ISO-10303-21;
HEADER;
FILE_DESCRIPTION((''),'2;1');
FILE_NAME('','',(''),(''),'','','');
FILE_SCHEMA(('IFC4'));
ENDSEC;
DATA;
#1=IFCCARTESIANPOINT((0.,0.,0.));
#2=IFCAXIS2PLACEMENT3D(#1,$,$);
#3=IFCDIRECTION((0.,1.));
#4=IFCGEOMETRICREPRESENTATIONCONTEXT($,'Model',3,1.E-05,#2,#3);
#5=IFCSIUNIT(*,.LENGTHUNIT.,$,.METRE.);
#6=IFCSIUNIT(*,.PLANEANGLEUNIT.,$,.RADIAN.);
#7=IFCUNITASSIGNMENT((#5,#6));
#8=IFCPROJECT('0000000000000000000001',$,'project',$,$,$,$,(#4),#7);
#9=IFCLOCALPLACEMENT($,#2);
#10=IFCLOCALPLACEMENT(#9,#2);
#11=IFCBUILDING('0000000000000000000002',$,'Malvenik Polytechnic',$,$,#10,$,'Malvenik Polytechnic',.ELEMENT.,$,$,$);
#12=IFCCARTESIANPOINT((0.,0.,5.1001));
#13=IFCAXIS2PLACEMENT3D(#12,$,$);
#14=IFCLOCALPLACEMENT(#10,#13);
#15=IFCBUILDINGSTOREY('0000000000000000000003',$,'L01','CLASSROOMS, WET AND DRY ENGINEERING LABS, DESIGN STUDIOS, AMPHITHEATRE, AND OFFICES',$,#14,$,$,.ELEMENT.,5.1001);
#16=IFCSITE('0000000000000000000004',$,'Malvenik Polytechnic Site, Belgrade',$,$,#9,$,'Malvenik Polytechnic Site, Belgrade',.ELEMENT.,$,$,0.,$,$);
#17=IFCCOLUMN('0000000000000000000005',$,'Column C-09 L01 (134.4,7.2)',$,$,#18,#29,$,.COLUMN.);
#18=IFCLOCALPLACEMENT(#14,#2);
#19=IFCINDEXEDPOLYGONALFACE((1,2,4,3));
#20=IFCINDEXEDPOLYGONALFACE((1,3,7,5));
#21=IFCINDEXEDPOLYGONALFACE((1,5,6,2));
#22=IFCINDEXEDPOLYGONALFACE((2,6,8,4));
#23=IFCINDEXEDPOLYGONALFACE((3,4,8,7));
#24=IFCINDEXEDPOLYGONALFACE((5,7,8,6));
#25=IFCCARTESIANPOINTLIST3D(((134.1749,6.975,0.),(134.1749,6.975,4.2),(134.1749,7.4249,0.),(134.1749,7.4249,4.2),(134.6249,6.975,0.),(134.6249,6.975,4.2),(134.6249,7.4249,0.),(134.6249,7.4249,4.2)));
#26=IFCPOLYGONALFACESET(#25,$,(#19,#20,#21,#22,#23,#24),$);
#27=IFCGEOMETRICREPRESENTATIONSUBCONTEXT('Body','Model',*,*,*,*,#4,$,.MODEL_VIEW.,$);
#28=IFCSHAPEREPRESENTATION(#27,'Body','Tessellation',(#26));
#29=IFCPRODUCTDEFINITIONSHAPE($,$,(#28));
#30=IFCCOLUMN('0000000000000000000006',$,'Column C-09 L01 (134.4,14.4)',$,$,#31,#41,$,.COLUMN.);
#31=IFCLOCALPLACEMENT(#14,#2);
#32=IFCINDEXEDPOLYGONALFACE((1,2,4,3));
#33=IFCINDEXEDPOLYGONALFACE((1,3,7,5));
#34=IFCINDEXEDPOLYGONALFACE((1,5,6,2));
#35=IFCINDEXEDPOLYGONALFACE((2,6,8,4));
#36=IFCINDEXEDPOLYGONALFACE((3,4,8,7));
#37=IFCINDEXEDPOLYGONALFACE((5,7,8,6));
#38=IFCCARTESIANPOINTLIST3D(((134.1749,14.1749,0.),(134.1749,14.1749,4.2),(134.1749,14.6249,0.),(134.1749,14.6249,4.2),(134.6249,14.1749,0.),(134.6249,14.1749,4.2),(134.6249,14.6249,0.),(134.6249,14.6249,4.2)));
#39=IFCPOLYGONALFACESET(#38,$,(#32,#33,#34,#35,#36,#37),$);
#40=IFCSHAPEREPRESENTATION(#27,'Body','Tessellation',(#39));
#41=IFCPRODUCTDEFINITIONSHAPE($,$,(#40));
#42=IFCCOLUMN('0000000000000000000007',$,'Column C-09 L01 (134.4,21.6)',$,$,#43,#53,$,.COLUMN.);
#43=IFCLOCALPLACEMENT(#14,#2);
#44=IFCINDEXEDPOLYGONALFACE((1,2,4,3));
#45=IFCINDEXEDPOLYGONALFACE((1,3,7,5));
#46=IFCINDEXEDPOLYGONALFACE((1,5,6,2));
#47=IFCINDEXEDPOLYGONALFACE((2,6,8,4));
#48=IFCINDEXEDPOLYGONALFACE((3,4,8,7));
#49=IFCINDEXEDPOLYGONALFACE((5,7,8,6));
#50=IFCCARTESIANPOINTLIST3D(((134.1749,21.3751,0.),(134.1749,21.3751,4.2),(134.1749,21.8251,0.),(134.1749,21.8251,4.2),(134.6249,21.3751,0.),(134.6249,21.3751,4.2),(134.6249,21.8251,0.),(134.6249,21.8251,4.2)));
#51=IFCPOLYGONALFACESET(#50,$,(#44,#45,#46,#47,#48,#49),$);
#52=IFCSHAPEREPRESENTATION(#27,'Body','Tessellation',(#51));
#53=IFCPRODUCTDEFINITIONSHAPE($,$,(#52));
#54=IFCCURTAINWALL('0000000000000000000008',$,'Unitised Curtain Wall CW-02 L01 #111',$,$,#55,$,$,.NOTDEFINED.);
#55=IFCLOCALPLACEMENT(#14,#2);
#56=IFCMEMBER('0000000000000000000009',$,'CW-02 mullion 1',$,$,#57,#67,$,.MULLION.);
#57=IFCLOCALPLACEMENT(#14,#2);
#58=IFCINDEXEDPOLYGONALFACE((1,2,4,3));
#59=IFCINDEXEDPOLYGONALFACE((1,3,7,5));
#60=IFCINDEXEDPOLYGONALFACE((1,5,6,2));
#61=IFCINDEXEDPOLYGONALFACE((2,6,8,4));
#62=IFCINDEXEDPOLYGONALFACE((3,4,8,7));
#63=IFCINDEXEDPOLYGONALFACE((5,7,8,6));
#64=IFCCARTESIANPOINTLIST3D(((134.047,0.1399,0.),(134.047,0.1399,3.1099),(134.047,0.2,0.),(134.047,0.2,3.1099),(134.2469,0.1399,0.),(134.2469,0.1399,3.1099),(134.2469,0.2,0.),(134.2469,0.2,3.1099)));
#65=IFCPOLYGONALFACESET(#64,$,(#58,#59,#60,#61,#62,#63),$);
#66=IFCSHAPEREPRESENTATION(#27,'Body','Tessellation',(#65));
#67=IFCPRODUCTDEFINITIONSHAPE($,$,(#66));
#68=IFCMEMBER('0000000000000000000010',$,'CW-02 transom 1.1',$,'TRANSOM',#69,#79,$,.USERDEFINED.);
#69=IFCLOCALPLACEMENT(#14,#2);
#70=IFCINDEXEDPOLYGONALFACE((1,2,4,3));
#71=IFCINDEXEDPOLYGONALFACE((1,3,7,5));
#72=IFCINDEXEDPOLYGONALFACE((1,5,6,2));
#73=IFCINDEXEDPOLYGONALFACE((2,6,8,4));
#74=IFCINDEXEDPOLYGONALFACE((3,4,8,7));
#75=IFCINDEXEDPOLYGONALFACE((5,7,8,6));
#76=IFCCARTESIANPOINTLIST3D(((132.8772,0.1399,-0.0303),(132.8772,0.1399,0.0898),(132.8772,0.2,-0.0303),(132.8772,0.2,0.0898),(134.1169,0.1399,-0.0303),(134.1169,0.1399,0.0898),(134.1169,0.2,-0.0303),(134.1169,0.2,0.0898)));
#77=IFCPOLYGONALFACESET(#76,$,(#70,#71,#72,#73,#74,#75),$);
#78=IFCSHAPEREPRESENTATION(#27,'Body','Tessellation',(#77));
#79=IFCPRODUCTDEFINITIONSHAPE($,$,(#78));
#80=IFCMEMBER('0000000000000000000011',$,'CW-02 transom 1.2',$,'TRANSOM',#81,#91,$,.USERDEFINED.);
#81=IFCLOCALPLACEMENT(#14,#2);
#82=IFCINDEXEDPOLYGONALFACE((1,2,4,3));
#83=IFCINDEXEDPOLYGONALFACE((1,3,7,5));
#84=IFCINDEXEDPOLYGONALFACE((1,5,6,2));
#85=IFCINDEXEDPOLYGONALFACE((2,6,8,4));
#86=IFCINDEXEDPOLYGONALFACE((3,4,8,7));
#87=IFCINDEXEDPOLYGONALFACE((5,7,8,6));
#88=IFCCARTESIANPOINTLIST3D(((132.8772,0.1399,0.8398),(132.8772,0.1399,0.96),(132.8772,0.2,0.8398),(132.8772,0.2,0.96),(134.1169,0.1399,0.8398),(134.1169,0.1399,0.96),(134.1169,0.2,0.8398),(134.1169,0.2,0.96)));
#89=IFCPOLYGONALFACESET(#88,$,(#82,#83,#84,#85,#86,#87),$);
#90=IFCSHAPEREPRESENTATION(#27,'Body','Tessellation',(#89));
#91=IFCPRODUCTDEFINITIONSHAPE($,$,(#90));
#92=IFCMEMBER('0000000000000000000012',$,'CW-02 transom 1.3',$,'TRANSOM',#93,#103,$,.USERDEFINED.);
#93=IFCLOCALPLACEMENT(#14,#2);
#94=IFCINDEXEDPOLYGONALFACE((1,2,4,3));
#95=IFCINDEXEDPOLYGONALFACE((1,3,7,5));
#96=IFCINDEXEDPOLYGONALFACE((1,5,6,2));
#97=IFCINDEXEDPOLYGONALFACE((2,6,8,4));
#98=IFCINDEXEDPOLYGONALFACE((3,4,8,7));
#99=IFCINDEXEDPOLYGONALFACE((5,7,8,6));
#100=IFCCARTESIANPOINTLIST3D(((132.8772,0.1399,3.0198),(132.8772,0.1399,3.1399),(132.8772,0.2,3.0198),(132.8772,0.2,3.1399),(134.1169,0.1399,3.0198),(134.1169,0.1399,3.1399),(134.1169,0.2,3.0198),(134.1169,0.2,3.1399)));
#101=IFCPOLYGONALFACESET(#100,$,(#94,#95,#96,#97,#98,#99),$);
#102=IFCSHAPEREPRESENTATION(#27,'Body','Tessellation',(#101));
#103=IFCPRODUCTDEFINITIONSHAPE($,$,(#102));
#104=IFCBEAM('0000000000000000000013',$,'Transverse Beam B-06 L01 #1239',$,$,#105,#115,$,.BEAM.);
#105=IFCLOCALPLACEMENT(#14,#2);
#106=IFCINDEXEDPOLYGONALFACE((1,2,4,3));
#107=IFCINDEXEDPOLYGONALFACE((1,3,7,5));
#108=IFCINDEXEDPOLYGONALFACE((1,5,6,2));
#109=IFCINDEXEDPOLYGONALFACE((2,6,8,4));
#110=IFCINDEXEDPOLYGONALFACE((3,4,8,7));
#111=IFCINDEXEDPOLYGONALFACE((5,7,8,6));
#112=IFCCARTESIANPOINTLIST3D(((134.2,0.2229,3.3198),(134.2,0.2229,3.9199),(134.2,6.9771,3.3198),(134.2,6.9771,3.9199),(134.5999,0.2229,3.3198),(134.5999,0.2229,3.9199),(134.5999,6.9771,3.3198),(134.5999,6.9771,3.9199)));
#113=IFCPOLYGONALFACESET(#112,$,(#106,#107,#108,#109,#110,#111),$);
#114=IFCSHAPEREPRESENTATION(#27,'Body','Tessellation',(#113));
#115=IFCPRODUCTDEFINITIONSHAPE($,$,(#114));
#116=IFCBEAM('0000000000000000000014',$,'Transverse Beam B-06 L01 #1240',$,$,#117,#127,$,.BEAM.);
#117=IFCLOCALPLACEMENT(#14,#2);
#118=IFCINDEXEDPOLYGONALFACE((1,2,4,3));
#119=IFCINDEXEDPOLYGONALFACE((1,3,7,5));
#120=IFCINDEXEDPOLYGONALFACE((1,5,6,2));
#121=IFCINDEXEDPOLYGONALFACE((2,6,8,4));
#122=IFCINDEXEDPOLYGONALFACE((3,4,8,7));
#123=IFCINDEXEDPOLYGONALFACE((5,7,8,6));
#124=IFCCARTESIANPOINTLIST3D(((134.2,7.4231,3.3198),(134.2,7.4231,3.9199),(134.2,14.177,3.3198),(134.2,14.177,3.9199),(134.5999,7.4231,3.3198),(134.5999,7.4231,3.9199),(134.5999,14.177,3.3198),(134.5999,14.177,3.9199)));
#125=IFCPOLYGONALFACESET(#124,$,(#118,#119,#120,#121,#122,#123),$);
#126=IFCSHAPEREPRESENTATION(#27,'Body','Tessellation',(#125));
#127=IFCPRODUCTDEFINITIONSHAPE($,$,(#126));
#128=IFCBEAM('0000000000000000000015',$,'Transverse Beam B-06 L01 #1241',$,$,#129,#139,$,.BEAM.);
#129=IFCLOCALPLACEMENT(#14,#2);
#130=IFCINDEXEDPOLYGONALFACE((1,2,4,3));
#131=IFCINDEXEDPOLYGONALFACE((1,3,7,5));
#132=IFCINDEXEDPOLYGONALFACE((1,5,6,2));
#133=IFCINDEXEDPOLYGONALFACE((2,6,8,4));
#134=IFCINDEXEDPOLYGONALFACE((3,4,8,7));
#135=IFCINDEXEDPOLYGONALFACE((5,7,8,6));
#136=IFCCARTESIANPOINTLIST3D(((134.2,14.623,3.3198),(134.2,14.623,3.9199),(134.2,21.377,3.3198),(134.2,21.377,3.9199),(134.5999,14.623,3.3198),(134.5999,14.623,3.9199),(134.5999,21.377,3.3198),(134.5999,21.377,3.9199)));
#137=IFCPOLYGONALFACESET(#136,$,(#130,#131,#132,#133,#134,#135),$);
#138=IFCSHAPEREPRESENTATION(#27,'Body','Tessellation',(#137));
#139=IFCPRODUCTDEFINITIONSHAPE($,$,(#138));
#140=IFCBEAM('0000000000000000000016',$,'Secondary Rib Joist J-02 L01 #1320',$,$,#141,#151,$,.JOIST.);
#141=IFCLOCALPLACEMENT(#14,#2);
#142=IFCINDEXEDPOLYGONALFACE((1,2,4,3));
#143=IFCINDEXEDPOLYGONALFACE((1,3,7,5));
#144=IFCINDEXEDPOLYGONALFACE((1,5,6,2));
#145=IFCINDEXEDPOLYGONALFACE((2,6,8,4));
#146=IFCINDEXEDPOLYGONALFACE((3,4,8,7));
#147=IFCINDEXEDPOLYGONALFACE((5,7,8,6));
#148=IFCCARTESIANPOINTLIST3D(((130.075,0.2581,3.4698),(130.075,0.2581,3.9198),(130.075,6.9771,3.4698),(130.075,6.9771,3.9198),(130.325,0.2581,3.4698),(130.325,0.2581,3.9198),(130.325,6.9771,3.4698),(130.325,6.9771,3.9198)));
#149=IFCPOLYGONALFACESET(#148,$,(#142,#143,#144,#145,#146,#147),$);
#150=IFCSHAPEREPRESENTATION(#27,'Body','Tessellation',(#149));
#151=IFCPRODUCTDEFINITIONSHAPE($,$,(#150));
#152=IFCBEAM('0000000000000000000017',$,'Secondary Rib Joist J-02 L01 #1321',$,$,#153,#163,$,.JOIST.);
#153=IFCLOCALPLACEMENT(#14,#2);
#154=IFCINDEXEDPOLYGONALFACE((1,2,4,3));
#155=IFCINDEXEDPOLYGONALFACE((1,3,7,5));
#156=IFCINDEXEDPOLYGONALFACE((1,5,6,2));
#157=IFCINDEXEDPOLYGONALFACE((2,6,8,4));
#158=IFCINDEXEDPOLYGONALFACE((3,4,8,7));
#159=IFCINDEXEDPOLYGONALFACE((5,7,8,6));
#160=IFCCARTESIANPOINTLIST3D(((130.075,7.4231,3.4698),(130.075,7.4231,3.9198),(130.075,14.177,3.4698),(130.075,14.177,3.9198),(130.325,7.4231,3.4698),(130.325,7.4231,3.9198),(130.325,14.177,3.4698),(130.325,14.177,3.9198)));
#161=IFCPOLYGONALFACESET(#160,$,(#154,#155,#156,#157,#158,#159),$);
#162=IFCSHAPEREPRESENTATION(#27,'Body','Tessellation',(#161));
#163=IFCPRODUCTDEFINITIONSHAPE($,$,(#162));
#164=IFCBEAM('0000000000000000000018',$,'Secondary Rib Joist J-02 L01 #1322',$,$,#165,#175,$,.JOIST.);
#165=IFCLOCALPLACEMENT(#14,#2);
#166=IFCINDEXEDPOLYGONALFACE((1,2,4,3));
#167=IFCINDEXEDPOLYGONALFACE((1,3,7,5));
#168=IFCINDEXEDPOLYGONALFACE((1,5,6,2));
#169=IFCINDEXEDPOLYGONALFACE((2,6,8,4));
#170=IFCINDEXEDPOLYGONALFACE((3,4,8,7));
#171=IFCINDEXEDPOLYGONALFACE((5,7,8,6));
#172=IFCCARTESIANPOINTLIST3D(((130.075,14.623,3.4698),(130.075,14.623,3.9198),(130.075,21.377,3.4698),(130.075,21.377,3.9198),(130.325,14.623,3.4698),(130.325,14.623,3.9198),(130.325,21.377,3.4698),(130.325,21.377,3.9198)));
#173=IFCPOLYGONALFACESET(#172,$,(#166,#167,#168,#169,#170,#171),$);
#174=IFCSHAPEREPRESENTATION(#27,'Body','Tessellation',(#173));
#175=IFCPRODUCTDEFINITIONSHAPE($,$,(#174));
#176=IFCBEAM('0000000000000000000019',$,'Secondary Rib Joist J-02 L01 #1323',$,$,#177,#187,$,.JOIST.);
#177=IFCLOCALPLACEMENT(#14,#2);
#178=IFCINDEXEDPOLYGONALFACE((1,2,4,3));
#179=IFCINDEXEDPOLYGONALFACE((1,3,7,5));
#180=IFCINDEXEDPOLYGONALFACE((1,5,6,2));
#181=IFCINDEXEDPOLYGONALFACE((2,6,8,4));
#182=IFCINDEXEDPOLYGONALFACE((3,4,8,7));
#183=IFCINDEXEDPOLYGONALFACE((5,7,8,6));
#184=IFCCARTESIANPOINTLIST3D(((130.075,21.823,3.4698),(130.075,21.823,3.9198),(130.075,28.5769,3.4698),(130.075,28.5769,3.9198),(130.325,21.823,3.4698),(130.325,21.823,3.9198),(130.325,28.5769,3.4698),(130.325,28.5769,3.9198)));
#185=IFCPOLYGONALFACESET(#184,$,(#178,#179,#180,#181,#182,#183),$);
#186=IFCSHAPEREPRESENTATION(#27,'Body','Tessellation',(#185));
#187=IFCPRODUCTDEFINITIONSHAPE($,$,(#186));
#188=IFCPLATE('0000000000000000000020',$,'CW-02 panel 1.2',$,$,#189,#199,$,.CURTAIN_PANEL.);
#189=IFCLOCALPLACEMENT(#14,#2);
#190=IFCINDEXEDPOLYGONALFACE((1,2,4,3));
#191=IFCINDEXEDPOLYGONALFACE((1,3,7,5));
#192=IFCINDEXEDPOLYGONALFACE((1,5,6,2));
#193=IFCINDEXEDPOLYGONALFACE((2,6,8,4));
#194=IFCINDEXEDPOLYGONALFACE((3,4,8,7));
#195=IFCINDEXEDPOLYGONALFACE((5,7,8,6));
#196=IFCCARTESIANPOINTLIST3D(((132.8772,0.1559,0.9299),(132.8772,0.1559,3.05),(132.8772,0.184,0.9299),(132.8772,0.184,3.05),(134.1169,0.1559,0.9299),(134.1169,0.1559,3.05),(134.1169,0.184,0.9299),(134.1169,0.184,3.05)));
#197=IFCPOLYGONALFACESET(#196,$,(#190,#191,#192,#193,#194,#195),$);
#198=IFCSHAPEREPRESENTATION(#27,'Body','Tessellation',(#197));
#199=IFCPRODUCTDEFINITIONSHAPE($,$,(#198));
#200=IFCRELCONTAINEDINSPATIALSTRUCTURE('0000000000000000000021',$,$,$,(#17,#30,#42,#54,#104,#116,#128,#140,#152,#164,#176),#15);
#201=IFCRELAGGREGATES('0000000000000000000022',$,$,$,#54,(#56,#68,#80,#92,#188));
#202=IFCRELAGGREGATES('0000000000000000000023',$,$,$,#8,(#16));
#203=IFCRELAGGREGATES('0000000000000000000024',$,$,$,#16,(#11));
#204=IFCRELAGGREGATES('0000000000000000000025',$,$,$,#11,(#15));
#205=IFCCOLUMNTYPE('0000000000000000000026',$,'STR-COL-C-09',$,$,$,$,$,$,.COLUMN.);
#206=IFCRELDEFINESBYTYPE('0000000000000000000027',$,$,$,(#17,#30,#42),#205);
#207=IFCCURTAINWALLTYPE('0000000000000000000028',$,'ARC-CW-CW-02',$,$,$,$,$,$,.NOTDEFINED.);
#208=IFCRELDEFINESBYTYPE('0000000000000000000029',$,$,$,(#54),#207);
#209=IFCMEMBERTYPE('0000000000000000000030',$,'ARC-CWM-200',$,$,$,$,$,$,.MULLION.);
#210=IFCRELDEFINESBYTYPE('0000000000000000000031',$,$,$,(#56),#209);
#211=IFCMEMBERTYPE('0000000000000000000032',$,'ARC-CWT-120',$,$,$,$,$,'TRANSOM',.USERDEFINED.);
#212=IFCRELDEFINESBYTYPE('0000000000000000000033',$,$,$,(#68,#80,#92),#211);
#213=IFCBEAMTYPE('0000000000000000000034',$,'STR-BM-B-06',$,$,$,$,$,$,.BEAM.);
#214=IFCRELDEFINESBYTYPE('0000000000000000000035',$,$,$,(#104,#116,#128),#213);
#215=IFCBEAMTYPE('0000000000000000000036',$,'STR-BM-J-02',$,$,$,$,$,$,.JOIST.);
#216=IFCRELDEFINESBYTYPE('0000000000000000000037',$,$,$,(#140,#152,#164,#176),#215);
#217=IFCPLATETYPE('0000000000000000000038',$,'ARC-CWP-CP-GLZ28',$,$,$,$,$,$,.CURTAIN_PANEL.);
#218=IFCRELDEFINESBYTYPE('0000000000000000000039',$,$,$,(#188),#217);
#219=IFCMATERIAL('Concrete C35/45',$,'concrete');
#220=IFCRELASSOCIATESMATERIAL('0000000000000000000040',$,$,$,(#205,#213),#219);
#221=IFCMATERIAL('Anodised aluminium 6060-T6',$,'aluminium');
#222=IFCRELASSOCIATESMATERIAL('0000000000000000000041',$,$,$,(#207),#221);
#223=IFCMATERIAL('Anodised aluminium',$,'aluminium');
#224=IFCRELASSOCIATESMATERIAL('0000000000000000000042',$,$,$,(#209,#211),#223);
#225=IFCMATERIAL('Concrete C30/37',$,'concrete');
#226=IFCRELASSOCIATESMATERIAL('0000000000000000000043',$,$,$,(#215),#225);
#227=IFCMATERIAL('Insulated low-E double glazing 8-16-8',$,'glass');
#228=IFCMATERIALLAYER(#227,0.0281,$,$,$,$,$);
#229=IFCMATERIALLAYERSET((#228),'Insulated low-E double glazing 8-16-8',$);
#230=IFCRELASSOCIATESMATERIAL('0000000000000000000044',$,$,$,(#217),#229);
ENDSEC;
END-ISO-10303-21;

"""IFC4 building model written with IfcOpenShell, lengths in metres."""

from ifc_helpers import new_model, si_unit, direction, frame, origin, origin_2d, place, context, subcontext, project, spatial, rectangle, extrude, material, layer, layer_set, material_profile, profile_set, type_object, element, aggregate, save


model = new_model("IFC4")

# Units and contexts
model_context = context("Model", 3, precision=1e-05, world=origin(), true_north=direction((0.0, 1.0)))
body_context = subcontext(model_context, "Body", "Model", "MODEL_VIEW")
ifc_project = project(units=[si_unit("LENGTHUNIT", "METRE"), si_unit("PLANEANGLEUNIT", "RADIAN")], contexts=[model_context])

# Site, building, storey
site_placement = place(None, origin())
site = spatial("IfcSite", under=ifc_project, at=site_placement, Name="Malvenik Polytechnic Site, Belgrade", LongName="Malvenik Polytechnic Site, Belgrade", CompositionType="ELEMENT", RefElevation=0.0)
building_placement = place(site_placement, origin())
building = spatial("IfcBuilding", under=site, at=building_placement, Name="Malvenik Polytechnic", LongName="Malvenik Polytechnic", CompositionType="ELEMENT")
storey_placement = place(building_placement, frame((0.0, 0.0, 5.1001)))
storey = spatial("IfcBuildingStorey", under=building, at=storey_placement, Name="L01", Description="CLASSROOMS, WET AND DRY ENGINEERING LABS, DESIGN STUDIOS, AMPHITHEATRE, AND OFFICES", CompositionType="ELEMENT", Elevation=5.1001)

# Columns
ifc_material_1 = material(Name="Concrete C35/45", Category="concrete")
ifc_material_profile_1 = material_profile(ifc_material_1, rectangle(XDim=0.45, YDim=0.45, at=origin_2d()), Name="RC COL 450x450")
ifc_profile_set_1 = profile_set([ifc_material_profile_1], Name="Concrete C35/45")
column_type = type_object("IfcColumnType", Name="STR-COL-C-09", PredefinedType="COLUMN", material=ifc_profile_set_1)
for number, where, z_axis, x_axis, name in (
    (1, (134.3999, 7.2, 0.0), (0.0, 0.0, 1.0), (1.0, 0.0, 0.0), "Column C-09 L01 (134.4,7.2)"),
    (2, (134.3999, 14.3999, 0.0), (0.0, 0.0, 1.0), (1.0, 0.0, 0.0), "Column C-09 L01 (134.4,14.4)"),
    (3, (134.3999, 21.6001, 0.0), (0.0, 0.0, 1.0), (1.0, 0.0, 0.0), "Column C-09 L01 (134.4,21.6)"),
):
    element("IfcColumn", number, at=place(storey_placement, frame(where, z_axis=z_axis, x_axis=x_axis)), inside=storey, type_object=column_type, Name=name, PredefinedType="COLUMN", context=body_context, shape_type="SweptSolid", body=[
        extrude(rectangle(XDim=0.45, YDim=0.45, at=origin_2d()), origin(), (0.0, 0.0, 1.0), 4.2),
    ])

# Curtain wall, members
ifc_material_2 = material(Name="Anodised aluminium 6060-T6", Category="aluminium")
curtain_wall_type = type_object("IfcCurtainWallType", Name="ARC-CW-CW-02", PredefinedType="NOTDEFINED", material=ifc_material_2)
curtain_wall_placement = place(storey_placement, origin())
curtain_wall = element("IfcCurtainWall", 4, at=curtain_wall_placement, inside=storey, type_object=curtain_wall_type, Name="Unitised Curtain Wall CW-02 L01 #111", PredefinedType="NOTDEFINED")
ifc_material_3 = material(Name="Anodised aluminium", Category="aluminium")
ifc_material_profile_2 = material_profile(ifc_material_3, rectangle(XDim=0.0601, YDim=0.2, at=origin_2d()), Name="ALU MULLION 60x200")
ifc_profile_set_2 = profile_set([ifc_material_profile_2], Name="Anodised aluminium")
member_type_1 = type_object("IfcMemberType", Name="ARC-CWM-200", PredefinedType="MULLION", material=ifc_profile_set_2)
member_1_placement = place(storey_placement, frame((134.147, 0.1699, 0.0), z_axis=(0.0, 0.0, 1.0), x_axis=(0.0, -1.0, 0.0)))
member_1 = element("IfcMember", 5, at=member_1_placement, type_object=member_type_1, Name="CW-02 mullion 1", PredefinedType="MULLION", context=body_context, shape_type="SweptSolid", body=[
    extrude(rectangle(XDim=0.0601, YDim=0.2, at=origin_2d()), origin(), (0.0, 0.0, 1.0), 3.1099),
])
ifc_material_profile_3 = material_profile(ifc_material_3, rectangle(XDim=0.0601, YDim=0.1201, at=origin_2d()), Name="ALU TRANSOM 60x120")
ifc_profile_set_3 = profile_set([ifc_material_profile_3], Name="Anodised aluminium")
member_type_2 = type_object("IfcMemberType", Name="ARC-CWT-120", ElementType="TRANSOM", PredefinedType="USERDEFINED", material=ifc_profile_set_3)
member_2_placement = place(storey_placement, frame((134.1169, 0.1699, 0.0298), z_axis=(-1.0, 0.0, 0.0), x_axis=(0.0, -1.0, 0.0)))
member_2 = element("IfcMember", 6, at=member_2_placement, type_object=member_type_2, Name="CW-02 transom 1.1", ObjectType="TRANSOM", PredefinedType="USERDEFINED", context=body_context, shape_type="SweptSolid", body=[
    extrude(rectangle(XDim=0.0601, YDim=0.1201, at=origin_2d()), origin(), (0.0, 0.0, 1.0), 1.2397),
])
member_3_placement = place(storey_placement, frame((134.1169, 0.1699, 0.8999), z_axis=(-1.0, 0.0, 0.0), x_axis=(0.0, -1.0, 0.0)))
member_3 = element("IfcMember", 7, at=member_3_placement, type_object=member_type_2, Name="CW-02 transom 1.2", ObjectType="TRANSOM", PredefinedType="USERDEFINED", context=body_context, shape_type="SweptSolid", body=[
    extrude(rectangle(XDim=0.0601, YDim=0.1201, at=origin_2d()), origin(), (0.0, 0.0, 1.0), 1.2397),
])
member_4_placement = place(storey_placement, frame((134.1169, 0.1699, 3.0798), z_axis=(-1.0, 0.0, 0.0), x_axis=(0.0, -1.0, 0.0)))
member_4 = element("IfcMember", 8, at=member_4_placement, type_object=member_type_2, Name="CW-02 transom 1.3", ObjectType="TRANSOM", PredefinedType="USERDEFINED", context=body_context, shape_type="SweptSolid", body=[
    extrude(rectangle(XDim=0.0601, YDim=0.1201, at=origin_2d()), origin(), (0.0, 0.0, 1.0), 1.2397),
])

# Beams
ifc_material_profile_4 = material_profile(ifc_material_1, rectangle(XDim=0.3999, YDim=0.6001, at=origin_2d()), Name="RC BM 400x600")
ifc_profile_set_4 = profile_set([ifc_material_profile_4], Name="Concrete C35/45")
beam_type_1 = type_object("IfcBeamType", Name="STR-BM-B-06", PredefinedType="BEAM", material=ifc_profile_set_4)
beam_1_placement = place(storey_placement, frame((134.3999, 0.2229, 3.6199), z_axis=(0.0, 1.0, 0.0), x_axis=(-1.0, 0.0, 0.0)))
element("IfcBeam", 9, at=beam_1_placement, inside=storey, type_object=beam_type_1, Name="Transverse Beam B-06 L01 #1239", PredefinedType="BEAM", context=body_context, shape_type="SweptSolid", body=[
    extrude(rectangle(XDim=0.3999, YDim=0.6001, at=origin_2d()), origin(), (0.0, 0.0, 1.0), 6.7542),
])
for number, where, z_axis, x_axis, name in (
    (10, (134.3999, 7.4231, 3.6199), (0.0, 1.0, 0.0), (-1.0, 0.0, 0.0), "Transverse Beam B-06 L01 #1240"),
    (11, (134.3999, 14.623, 3.6199), (0.0, 1.0, 0.0), (-1.0, 0.0, 0.0), "Transverse Beam B-06 L01 #1241"),
):
    element("IfcBeam", number, at=place(storey_placement, frame(where, z_axis=z_axis, x_axis=x_axis)), inside=storey, type_object=beam_type_1, Name=name, PredefinedType="BEAM", context=body_context, shape_type="SweptSolid", body=[
        extrude(rectangle(XDim=0.3999, YDim=0.6001, at=origin_2d()), origin(), (0.0, 0.0, 1.0), 6.7539),
    ])
ifc_material_4 = material(Name="Concrete C30/37", Category="concrete")
ifc_material_profile_5 = material_profile(ifc_material_4, rectangle(XDim=0.25, YDim=0.45, at=origin_2d()), Name="RC JST 250x450")
ifc_profile_set_5 = profile_set([ifc_material_profile_5], Name="Concrete C30/37")
beam_type_2 = type_object("IfcBeamType", Name="STR-BM-J-02", PredefinedType="JOIST", material=ifc_profile_set_5)
beam_2_placement = place(storey_placement, frame((130.2, 0.2581, 3.6948), z_axis=(0.0, 1.0, 0.0), x_axis=(-1.0, 0.0, 0.0)))
element("IfcBeam", 12, at=beam_2_placement, inside=storey, type_object=beam_type_2, Name="Secondary Rib Joist J-02 L01 #1320", PredefinedType="JOIST", context=body_context, shape_type="SweptSolid", body=[
    extrude(rectangle(XDim=0.25, YDim=0.45, at=origin_2d()), origin(), (0.0, 0.0, 1.0), 6.719),
])
for number, where, z_axis, x_axis, name in (
    (13, (130.2, 7.4231, 3.6948), (0.0, 1.0, 0.0), (-1.0, 0.0, 0.0), "Secondary Rib Joist J-02 L01 #1321"),
    (14, (130.2, 14.623, 3.6948), (0.0, 1.0, 0.0), (-1.0, 0.0, 0.0), "Secondary Rib Joist J-02 L01 #1322"),
    (15, (130.2, 21.823, 3.6948), (0.0, 1.0, 0.0), (-1.0, 0.0, 0.0), "Secondary Rib Joist J-02 L01 #1323"),
):
    element("IfcBeam", number, at=place(storey_placement, frame(where, z_axis=z_axis, x_axis=x_axis)), inside=storey, type_object=beam_type_2, Name=name, PredefinedType="JOIST", context=body_context, shape_type="SweptSolid", body=[
        extrude(rectangle(XDim=0.25, YDim=0.45, at=origin_2d()), origin(), (0.0, 0.0, 1.0), 6.7539),
    ])

# Plate
ifc_material_5 = material(Name="Insulated low-E double glazing 8-16-8", Category="glass")
ifc_layer_1 = layer(ifc_material_5, 0.0281)
ifc_layer_set_1 = layer_set([ifc_layer_1], Name="Insulated low-E double glazing 8-16-8")
plate_type_1 = type_object("IfcPlateType", Name="ARC-CWP-CP-GLZ28", PredefinedType="CURTAIN_PANEL", material=ifc_layer_set_1)
plate_1_placement = place(storey_placement, frame((133.4971, 0.1699, 0.9299), z_axis=(0.0, 0.0, 1.0), x_axis=(-1.0, 0.0, 0.0)))
plate_1 = element("IfcPlate", 16, at=plate_1_placement, type_object=plate_type_1, Name="CW-02 panel 1.2", PredefinedType="CURTAIN_PANEL", context=body_context, shape_type="SweptSolid", body=[
    extrude(rectangle(XDim=1.2397, YDim=0.0281, at=origin_2d()), origin(), (0.0, 0.0, 1.0), 2.1201),
])
aggregate(curtain_wall, [member_1, member_2, member_3, member_4, plate_1])

save(model, "model.ifc")
